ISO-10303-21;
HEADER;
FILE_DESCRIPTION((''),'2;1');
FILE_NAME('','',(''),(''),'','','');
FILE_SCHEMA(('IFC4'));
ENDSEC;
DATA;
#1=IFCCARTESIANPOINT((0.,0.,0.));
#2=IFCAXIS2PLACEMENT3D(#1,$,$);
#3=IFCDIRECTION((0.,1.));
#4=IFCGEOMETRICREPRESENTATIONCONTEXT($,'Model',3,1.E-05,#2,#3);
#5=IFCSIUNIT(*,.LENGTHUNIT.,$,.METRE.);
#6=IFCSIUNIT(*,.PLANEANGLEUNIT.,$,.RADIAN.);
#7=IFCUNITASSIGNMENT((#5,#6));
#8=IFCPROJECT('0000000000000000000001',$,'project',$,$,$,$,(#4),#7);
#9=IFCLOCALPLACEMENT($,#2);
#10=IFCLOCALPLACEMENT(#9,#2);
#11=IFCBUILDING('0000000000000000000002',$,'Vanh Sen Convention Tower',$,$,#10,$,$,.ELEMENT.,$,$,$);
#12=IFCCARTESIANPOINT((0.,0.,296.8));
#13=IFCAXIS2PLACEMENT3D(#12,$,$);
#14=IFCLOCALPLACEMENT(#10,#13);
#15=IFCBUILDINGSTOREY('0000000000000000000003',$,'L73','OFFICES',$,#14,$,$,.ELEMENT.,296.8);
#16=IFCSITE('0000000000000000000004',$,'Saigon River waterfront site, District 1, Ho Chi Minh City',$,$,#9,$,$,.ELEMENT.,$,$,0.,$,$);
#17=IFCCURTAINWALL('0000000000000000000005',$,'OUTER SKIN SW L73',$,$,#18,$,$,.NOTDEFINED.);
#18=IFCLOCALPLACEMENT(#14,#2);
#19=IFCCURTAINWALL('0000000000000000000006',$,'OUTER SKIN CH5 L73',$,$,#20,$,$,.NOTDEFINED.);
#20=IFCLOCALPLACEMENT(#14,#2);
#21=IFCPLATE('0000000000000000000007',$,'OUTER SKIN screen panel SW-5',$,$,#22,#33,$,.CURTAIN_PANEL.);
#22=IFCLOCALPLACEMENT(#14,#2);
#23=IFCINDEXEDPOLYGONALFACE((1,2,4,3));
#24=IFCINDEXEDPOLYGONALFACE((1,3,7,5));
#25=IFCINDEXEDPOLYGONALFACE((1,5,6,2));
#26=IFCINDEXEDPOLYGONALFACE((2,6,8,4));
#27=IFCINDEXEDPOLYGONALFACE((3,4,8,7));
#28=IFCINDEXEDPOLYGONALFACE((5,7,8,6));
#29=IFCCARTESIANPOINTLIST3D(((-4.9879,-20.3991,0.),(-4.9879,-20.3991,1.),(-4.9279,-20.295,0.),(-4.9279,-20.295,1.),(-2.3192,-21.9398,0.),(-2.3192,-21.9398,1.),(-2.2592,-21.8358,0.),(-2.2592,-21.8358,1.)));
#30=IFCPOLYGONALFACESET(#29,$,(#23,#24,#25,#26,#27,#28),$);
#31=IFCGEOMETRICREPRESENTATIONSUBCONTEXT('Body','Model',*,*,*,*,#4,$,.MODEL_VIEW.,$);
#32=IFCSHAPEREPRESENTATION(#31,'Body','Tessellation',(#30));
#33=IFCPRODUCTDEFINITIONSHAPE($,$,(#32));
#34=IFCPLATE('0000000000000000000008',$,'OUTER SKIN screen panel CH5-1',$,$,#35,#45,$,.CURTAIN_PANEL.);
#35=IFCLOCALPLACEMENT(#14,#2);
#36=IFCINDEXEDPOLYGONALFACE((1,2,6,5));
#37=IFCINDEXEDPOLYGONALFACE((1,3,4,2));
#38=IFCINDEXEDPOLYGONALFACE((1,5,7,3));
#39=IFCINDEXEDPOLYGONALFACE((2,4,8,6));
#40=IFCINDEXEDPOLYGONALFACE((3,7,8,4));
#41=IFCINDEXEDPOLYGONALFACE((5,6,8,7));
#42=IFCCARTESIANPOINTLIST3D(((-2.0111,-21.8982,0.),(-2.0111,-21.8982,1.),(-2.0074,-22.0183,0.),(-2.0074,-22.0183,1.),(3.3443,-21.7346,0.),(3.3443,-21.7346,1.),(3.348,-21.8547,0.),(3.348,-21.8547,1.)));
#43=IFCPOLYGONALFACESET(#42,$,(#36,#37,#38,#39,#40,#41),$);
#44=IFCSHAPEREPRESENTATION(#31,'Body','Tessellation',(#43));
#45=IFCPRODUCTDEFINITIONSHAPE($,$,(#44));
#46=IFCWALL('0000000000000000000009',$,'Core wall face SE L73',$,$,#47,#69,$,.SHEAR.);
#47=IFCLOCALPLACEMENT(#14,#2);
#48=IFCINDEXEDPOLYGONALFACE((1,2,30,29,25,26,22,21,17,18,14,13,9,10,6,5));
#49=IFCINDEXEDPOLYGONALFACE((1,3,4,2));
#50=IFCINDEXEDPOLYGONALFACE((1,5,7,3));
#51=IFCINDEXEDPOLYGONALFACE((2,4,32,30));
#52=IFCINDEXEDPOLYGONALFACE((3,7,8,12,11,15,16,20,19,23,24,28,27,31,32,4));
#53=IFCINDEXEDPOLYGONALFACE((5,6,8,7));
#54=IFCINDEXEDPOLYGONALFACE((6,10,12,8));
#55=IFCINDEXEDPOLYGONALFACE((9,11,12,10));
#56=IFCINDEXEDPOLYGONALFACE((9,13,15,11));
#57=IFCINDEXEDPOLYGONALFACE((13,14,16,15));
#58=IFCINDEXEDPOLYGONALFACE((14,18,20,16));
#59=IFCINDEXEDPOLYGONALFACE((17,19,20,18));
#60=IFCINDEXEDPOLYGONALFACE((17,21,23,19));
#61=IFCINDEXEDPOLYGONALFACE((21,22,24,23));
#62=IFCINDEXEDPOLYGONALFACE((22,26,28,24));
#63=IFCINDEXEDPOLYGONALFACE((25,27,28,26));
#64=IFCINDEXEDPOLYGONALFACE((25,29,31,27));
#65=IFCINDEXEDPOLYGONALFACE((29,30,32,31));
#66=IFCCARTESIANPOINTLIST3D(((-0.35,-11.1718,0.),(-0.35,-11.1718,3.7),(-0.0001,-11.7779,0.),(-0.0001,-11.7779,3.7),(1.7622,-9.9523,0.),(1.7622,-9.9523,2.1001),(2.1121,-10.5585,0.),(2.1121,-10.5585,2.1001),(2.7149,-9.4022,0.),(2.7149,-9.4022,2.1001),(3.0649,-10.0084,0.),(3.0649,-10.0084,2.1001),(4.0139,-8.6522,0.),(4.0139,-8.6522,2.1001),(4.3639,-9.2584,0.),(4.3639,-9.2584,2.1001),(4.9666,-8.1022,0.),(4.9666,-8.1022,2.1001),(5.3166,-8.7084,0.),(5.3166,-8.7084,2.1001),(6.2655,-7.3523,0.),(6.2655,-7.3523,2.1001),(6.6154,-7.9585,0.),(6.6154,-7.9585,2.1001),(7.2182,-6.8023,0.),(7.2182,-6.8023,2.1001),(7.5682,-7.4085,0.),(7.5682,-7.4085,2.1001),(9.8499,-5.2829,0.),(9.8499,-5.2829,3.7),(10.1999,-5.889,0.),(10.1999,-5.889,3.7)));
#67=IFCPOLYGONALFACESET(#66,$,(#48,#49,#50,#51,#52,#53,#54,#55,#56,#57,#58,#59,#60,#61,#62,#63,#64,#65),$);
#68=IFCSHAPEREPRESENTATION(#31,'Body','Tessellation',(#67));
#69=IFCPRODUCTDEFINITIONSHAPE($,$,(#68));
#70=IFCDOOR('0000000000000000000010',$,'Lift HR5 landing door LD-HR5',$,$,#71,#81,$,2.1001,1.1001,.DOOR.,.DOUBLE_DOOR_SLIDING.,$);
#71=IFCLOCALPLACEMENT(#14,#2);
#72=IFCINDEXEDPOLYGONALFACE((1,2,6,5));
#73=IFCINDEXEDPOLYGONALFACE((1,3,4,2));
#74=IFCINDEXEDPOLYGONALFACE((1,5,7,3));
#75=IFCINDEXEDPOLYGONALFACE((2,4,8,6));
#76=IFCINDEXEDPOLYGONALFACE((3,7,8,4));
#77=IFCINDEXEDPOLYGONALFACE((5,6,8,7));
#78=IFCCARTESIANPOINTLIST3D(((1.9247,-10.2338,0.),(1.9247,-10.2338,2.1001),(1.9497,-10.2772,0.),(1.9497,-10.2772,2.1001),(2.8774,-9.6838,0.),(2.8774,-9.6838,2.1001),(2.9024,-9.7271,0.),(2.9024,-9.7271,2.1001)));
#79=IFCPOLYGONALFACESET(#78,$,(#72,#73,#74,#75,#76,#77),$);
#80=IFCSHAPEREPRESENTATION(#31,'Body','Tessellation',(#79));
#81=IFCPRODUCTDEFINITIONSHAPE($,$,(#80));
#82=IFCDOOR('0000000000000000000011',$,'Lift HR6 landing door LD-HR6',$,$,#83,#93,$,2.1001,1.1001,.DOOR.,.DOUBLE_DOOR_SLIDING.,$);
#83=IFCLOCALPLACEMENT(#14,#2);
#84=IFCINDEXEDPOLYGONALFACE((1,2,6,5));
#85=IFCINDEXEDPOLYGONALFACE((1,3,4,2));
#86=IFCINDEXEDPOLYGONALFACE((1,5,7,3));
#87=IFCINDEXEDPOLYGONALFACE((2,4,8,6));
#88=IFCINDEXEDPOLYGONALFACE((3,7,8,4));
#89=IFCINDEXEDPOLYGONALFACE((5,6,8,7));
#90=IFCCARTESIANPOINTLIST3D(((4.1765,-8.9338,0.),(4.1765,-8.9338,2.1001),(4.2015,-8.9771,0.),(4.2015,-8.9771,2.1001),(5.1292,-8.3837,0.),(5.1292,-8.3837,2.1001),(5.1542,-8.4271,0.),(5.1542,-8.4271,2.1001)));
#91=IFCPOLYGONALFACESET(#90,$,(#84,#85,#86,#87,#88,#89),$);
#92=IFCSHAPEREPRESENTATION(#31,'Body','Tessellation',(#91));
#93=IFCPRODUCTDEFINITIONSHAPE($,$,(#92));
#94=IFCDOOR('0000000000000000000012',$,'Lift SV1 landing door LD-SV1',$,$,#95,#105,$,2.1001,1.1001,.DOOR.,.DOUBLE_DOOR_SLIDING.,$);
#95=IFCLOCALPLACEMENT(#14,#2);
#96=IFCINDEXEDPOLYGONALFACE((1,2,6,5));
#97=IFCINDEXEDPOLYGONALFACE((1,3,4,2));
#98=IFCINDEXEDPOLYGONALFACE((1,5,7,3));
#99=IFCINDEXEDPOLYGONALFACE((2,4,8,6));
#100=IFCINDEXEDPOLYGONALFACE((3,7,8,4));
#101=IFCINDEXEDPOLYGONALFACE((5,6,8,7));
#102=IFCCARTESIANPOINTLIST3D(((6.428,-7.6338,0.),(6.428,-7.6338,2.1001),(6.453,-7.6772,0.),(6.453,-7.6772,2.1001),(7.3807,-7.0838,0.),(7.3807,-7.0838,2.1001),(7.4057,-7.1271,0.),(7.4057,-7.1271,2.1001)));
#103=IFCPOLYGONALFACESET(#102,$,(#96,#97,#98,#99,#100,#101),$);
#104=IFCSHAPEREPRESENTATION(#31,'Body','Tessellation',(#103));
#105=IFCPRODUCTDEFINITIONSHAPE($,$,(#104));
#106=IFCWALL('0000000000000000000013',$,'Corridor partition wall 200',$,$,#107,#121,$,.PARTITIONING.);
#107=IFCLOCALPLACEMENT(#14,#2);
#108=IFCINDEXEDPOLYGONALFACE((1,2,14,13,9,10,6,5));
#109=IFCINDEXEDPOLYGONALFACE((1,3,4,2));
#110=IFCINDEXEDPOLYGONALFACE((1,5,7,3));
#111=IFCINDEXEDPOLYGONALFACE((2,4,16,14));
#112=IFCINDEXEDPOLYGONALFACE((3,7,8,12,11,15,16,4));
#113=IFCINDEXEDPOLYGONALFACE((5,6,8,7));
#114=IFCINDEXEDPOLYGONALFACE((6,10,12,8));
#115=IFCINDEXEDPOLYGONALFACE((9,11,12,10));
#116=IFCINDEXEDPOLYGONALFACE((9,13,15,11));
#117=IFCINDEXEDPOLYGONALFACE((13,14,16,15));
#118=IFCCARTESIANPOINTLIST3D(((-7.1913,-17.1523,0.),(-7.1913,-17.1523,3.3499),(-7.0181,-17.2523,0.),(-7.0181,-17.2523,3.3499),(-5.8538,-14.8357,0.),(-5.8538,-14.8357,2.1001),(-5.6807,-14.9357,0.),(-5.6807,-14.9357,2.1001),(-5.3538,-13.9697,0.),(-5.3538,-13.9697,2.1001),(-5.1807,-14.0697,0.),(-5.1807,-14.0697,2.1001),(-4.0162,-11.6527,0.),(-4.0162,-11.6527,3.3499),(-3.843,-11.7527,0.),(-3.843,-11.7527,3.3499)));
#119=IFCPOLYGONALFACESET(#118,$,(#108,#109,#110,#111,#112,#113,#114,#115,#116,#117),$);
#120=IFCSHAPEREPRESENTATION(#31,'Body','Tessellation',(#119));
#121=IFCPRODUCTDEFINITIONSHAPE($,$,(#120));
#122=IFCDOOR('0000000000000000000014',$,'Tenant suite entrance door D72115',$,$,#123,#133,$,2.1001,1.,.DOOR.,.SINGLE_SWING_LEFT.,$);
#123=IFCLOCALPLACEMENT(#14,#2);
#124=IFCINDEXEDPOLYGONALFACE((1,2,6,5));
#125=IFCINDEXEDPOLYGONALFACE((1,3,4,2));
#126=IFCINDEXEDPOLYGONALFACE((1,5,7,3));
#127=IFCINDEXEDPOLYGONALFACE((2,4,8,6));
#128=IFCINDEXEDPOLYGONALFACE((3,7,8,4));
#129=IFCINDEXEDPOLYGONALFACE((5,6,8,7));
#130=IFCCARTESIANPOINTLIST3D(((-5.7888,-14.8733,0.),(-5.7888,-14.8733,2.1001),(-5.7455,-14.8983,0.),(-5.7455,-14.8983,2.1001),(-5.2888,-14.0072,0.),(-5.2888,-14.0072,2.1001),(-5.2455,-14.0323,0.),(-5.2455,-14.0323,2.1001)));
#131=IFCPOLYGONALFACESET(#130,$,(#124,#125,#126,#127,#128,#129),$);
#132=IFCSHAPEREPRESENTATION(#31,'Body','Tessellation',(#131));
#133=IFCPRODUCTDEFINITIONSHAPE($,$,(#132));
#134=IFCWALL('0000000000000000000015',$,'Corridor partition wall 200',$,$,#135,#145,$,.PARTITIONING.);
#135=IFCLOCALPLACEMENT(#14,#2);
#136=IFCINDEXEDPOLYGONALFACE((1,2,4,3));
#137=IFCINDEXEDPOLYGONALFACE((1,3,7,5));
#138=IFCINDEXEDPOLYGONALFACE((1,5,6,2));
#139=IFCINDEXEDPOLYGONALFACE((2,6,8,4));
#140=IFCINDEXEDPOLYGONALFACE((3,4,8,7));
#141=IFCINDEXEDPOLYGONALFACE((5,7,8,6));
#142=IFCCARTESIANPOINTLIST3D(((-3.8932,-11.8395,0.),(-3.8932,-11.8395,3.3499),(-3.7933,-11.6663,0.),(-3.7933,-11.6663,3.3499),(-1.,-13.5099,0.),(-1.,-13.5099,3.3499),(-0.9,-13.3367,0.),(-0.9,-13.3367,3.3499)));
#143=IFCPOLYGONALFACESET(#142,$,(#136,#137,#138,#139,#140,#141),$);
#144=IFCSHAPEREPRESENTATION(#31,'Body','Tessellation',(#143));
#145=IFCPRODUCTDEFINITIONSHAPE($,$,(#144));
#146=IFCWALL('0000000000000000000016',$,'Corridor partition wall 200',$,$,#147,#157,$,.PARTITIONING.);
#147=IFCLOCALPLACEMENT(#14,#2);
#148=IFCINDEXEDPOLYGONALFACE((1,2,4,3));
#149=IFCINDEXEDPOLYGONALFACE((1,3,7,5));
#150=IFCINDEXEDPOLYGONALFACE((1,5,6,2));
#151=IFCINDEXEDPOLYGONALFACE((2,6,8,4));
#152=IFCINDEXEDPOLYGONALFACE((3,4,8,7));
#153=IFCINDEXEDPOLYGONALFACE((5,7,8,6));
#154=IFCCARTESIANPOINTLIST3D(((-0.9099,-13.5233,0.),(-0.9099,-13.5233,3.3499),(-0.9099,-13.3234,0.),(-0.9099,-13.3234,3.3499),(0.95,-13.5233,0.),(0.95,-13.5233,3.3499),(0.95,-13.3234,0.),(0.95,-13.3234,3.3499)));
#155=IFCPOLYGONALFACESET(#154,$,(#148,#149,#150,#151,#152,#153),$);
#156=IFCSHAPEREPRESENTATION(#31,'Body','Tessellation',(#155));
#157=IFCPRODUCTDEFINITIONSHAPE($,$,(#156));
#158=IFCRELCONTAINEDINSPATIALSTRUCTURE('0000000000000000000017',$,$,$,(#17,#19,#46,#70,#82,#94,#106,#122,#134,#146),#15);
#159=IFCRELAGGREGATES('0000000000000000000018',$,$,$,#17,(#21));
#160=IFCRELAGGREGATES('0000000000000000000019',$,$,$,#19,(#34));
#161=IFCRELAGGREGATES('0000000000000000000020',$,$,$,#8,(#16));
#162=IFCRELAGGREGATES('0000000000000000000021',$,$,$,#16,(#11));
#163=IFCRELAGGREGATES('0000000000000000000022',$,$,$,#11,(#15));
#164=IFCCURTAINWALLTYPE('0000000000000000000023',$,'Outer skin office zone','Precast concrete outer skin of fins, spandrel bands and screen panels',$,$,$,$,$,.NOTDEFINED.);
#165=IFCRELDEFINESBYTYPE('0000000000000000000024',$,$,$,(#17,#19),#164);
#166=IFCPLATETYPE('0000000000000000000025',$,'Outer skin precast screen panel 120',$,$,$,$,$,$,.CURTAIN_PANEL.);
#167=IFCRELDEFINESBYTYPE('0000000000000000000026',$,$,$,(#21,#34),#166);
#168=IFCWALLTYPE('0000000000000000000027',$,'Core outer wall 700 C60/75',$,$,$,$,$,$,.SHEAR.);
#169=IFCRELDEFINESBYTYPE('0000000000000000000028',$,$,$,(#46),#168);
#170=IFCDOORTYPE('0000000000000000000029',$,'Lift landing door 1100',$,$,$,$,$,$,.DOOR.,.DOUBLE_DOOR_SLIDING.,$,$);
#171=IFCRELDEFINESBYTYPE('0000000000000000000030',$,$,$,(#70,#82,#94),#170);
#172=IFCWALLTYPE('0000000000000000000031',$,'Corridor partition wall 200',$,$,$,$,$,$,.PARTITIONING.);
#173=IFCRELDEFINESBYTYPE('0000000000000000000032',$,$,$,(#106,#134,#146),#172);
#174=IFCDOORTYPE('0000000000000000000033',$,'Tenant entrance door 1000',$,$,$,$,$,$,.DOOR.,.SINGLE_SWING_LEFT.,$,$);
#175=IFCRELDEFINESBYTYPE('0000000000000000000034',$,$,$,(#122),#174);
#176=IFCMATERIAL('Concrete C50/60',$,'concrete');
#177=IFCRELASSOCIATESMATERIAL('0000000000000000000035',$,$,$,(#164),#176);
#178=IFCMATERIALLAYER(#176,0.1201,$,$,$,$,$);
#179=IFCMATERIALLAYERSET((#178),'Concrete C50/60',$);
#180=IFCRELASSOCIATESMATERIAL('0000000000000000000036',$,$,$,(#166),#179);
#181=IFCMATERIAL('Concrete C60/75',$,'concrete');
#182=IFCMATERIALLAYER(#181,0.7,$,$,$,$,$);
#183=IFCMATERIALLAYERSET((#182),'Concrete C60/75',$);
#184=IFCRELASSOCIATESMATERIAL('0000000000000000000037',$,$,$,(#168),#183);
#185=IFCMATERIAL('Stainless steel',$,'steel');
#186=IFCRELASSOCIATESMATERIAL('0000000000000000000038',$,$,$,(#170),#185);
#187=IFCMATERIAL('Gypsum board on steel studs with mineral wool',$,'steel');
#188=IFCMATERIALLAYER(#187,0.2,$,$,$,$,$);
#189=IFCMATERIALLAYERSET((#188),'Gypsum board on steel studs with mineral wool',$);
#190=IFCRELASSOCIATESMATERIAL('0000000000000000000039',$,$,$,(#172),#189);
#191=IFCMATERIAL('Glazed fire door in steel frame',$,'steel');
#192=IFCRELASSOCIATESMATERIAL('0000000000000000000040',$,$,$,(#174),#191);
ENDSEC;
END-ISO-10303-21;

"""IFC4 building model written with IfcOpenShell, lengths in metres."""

from ifc_helpers import new_model, si_unit, direction, frame, frame_2d, origin, origin_2d, place, context, subcontext, project, spatial, rectangle, extrude, material, layer, layer_set, type_object, element, fill, aggregate, save


model = new_model("IFC4")

# Units and contexts
model_context = context("Model", 3, precision=1e-05, world=origin(), true_north=direction((0.0, 1.0)))
body_context = subcontext(model_context, "Body", "Model", "MODEL_VIEW")
ifc_project = project(units=[si_unit("LENGTHUNIT", "METRE"), si_unit("PLANEANGLEUNIT", "RADIAN")], contexts=[model_context])

# Site, building, storey
site_placement = place(None, origin())
site = spatial("IfcSite", under=ifc_project, at=site_placement, Name="Saigon River waterfront site, District 1, Ho Chi Minh City", CompositionType="ELEMENT", RefElevation=0.0)
building_placement = place(site_placement, origin())
building = spatial("IfcBuilding", under=site, at=building_placement, Name="Vanh Sen Convention Tower", CompositionType="ELEMENT")
storey_placement = place(building_placement, frame((0.0, 0.0, 296.8)))
storey = spatial("IfcBuildingStorey", under=building, at=storey_placement, Name="L73", Description="OFFICES", CompositionType="ELEMENT", Elevation=296.8)

# Shared definitions
ifc_material_1 = material(Name="Concrete C60/75", Category="concrete")

# Curtain wall
ifc_material_2 = material(Name="Concrete C50/60", Category="concrete")
curtain_wall_type = type_object("IfcCurtainWallType", Name="Outer skin office zone", Description="Precast concrete outer skin of fins, spandrel bands and screen panels", PredefinedType="NOTDEFINED", material=ifc_material_2)
curtain_wall_1_placement = place(storey_placement, origin())
curtain_wall_1 = element("IfcCurtainWall", 1, at=curtain_wall_1_placement, inside=storey, type_object=curtain_wall_type, Name="OUTER SKIN SW L73", PredefinedType="NOTDEFINED")

# Curtain wall
curtain_wall_2_placement = place(storey_placement, origin())
curtain_wall_2 = element("IfcCurtainWall", 2, at=curtain_wall_2_placement, inside=storey, type_object=curtain_wall_type, Name="OUTER SKIN CH5 L73", PredefinedType="NOTDEFINED")

# Plates
ifc_layer_1 = layer(ifc_material_2, 0.1201)
ifc_layer_set_1 = layer_set([ifc_layer_1], Name="Concrete C50/60")
plate_type = type_object("IfcPlateType", Name="Outer skin precast screen panel 120", PredefinedType="CURTAIN_PANEL", material=ifc_layer_set_1)
plate_1_placement = place(storey_placement, frame((-3.6235, -21.1174, 0.0), z_axis=(0.0, 0.0, 1.0), x_axis=(0.866029, -0.499994, 0.0)))
plate_1 = element("IfcPlate", 3, at=plate_1_placement, type_object=plate_type, Name="OUTER SKIN screen panel SW-5", PredefinedType="CURTAIN_PANEL", context=body_context, shape_type="SweptSolid", body=[
    extrude(rectangle(XDim=3.0815, YDim=0.1201, at=origin_2d()), origin(), (0.0, 0.0, 1.0), 1.0),
])
aggregate(curtain_wall_1, [plate_1])
plate_2_placement = place(storey_placement, frame((0.6685, -21.8765, 0.0), z_axis=(0.0, 0.0, 1.0), x_axis=(0.999534, 0.030539, 0.0)))
plate_2 = element("IfcPlate", 4, at=plate_2_placement, type_object=plate_type, Name="OUTER SKIN screen panel CH5-1", PredefinedType="CURTAIN_PANEL", context=body_context, shape_type="SweptSolid", body=[
    extrude(rectangle(XDim=5.3579, YDim=0.1201, at=origin_2d()), origin(), (0.0, 0.0, 1.0), 1.0),
])
aggregate(curtain_wall_2, [plate_2])

# Wall, openings, doors
ifc_layer_2 = layer(ifc_material_1, 0.7)
ifc_layer_set_2 = layer_set([ifc_layer_2], Name="Concrete C60/75")
wall_type_1 = type_object("IfcWallType", Name="Core outer wall 700 C60/75", PredefinedType="SHEAR", material=ifc_layer_set_2)
wall_1_placement = place(storey_placement, frame((-0.175, -11.4749, 0.0), z_axis=(0.0, 0.0, 1.0), x_axis=(0.866026, 0.499998, 0.0)))
wall_1 = element("IfcWall", 5, at=wall_1_placement, inside=storey, type_object=wall_type_1, Name="Core wall face SE L73", PredefinedType="SHEAR", context=body_context, shape_type="SweptSolid", body=[
    extrude(rectangle(XDim=11.7778, YDim=0.7, at=frame_2d((5.8889, 0.0))), origin(), (0.0, 0.0, 1.0), 3.7),
])
opening_1_placement = place(wall_1_placement, frame((2.439, 0.0, 0.0)))
opening_1 = element("IfcOpeningElement", 6, at=opening_1_placement, cuts=wall_1, PredefinedType="OPENING", context=body_context, shape_type="SweptSolid", body=[
    extrude(rectangle(XDim=1.1001, YDim=2.1001, at=frame_2d((0.55, 1.05))), frame((0.0, 0.3599, 0.0), z_axis=(0.0, -1.0, 0.0), x_axis=(1.0, 0.0, 0.0)), (0.0, 0.0, 1.0), 0.72),
])
opening_2_placement = place(wall_1_placement, frame((5.0391, 0.0, 0.0)))
opening_2 = element("IfcOpeningElement", 7, at=opening_2_placement, cuts=wall_1, PredefinedType="OPENING", context=body_context, shape_type="SweptSolid", body=[
    extrude(rectangle(XDim=1.1001, YDim=2.1001, at=frame_2d((0.55, 1.05))), frame((0.0, 0.3599, 0.0), z_axis=(0.0, -1.0, 0.0), x_axis=(1.0, 0.0, 0.0)), (0.0, 0.0, 1.0), 0.72),
])
opening_3_placement = place(wall_1_placement, frame((7.6389, 0.0, 0.0)))
opening_3 = element("IfcOpeningElement", 8, at=opening_3_placement, cuts=wall_1, PredefinedType="OPENING", context=body_context, shape_type="SweptSolid", body=[
    extrude(rectangle(XDim=1.1001, YDim=2.1001, at=frame_2d((0.55, 1.05))), frame((0.0, 0.3599, 0.0), z_axis=(0.0, -1.0, 0.0), x_axis=(1.0, 0.0, 0.0)), (0.0, 0.0, 1.0), 0.72),
])
ifc_material_3 = material(Name="Stainless steel", Category="steel")
door_type_1 = type_object("IfcDoorType", Name="Lift landing door 1100", OperationType="DOUBLE_DOOR_SLIDING", PredefinedType="DOOR", material=ifc_material_3)
door_1_placement = place(opening_1_placement, origin())
door_1 = element("IfcDoor", 9, at=door_1_placement, inside=storey, type_object=door_type_1, Name="Lift HR5 landing door LD-HR5", OperationType="DOUBLE_DOOR_SLIDING", OverallHeight=2.1001, OverallWidth=1.1001, PredefinedType="DOOR", context=body_context, shape_type="SweptSolid", body=[
    extrude(rectangle(XDim=1.1001, YDim=2.1001, at=frame_2d((0.55, 1.05))), frame((0.0, 0.0249, 0.0), z_axis=(0.0, -1.0, 0.0), x_axis=(1.0, 0.0, 0.0)), (0.0, 0.0, 1.0), 0.05),
])
fill(opening_1, door_1)
door_2_placement = place(opening_2_placement, origin())
door_2 = element("IfcDoor", 10, at=door_2_placement, inside=storey, type_object=door_type_1, Name="Lift HR6 landing door LD-HR6", OperationType="DOUBLE_DOOR_SLIDING", OverallHeight=2.1001, OverallWidth=1.1001, PredefinedType="DOOR", context=body_context, shape_type="SweptSolid", body=[
    extrude(rectangle(XDim=1.1001, YDim=2.1001, at=frame_2d((0.55, 1.05))), frame((0.0, 0.0249, 0.0), z_axis=(0.0, -1.0, 0.0), x_axis=(1.0, 0.0, 0.0)), (0.0, 0.0, 1.0), 0.05),
])
fill(opening_2, door_2)
door_3_placement = place(opening_3_placement, origin())
door_3 = element("IfcDoor", 11, at=door_3_placement, inside=storey, type_object=door_type_1, Name="Lift SV1 landing door LD-SV1", OperationType="DOUBLE_DOOR_SLIDING", OverallHeight=2.1001, OverallWidth=1.1001, PredefinedType="DOOR", context=body_context, shape_type="SweptSolid", body=[
    extrude(rectangle(XDim=1.1001, YDim=2.1001, at=frame_2d((0.55, 1.05))), frame((0.0, 0.0249, 0.0), z_axis=(0.0, -1.0, 0.0), x_axis=(1.0, 0.0, 0.0)), (0.0, 0.0, 1.0), 0.05),
])
fill(opening_3, door_3)

# Wall, opening, door
ifc_material_4 = material(Name="Gypsum board on steel studs with mineral wool", Category="steel")
ifc_layer_3 = layer(ifc_material_4, 0.2)
ifc_layer_set_3 = layer_set([ifc_layer_3], Name="Gypsum board on steel studs with mineral wool")
wall_type_2 = type_object("IfcWallType", Name="Corridor partition wall 200", PredefinedType="PARTITIONING", material=ifc_layer_set_3)
wall_2_placement = place(storey_placement, frame((-7.1047, -17.2024, 0.0), z_axis=(0.0, 0.0, 1.0), x_axis=(0.499989, 0.866032, 0.0)))
wall_2 = element("IfcWall", 12, at=wall_2_placement, inside=storey, type_object=wall_type_2, Name="Corridor partition wall 200", PredefinedType="PARTITIONING", context=body_context, shape_type="SweptSolid", body=[
    extrude(rectangle(XDim=6.3503, YDim=0.2, at=frame_2d((3.1753, 0.0))), origin(), (0.0, 0.0, 1.0), 3.3499),
])
opening_4_placement = place(wall_2_placement, frame((2.675, 0.0, 0.0)))
opening_4 = element("IfcOpeningElement", 13, at=opening_4_placement, cuts=wall_2, PredefinedType="OPENING", context=body_context, shape_type="SweptSolid", body=[
    extrude(rectangle(XDim=1.0, YDim=2.1001, at=frame_2d((0.5, 1.05))), frame((0.0, 0.1099, 0.0), z_axis=(0.0, -1.0, 0.0), x_axis=(1.0, 0.0, 0.0)), (0.0, 0.0, 1.0), 0.22),
])
ifc_material_5 = material(Name="Glazed fire door in steel frame", Category="steel")
door_type_2 = type_object("IfcDoorType", Name="Tenant entrance door 1000", OperationType="SINGLE_SWING_LEFT", PredefinedType="DOOR", material=ifc_material_5)
door_4_placement = place(opening_4_placement, origin())
door_4 = element("IfcDoor", 14, at=door_4_placement, inside=storey, type_object=door_type_2, Name="Tenant suite entrance door D72115", OperationType="SINGLE_SWING_LEFT", OverallHeight=2.1001, OverallWidth=1.0, PredefinedType="DOOR", context=body_context, shape_type="SweptSolid", body=[
    extrude(rectangle(XDim=1.0, YDim=2.1001, at=frame_2d((0.5, 1.05))), frame((0.0, 0.0249, 0.0), z_axis=(0.0, -1.0, 0.0), x_axis=(1.0, 0.0, 0.0)), (0.0, 0.0, 1.0), 0.05),
])
fill(opening_4, door_4)

# Walls
wall_3_placement = place(storey_placement, frame((-3.8433, -11.7529, 0.0), z_axis=(0.0, 0.0, 1.0), x_axis=(0.866031, -0.49999, 0.0)))
element("IfcWall", 15, at=wall_3_placement, inside=storey, type_object=wall_type_2, Name="Corridor partition wall 200", PredefinedType="PARTITIONING", context=body_context, shape_type="SweptSolid", body=[
    extrude(rectangle(XDim=3.3408, YDim=0.2, at=frame_2d((1.6704, 0.0))), origin(), (0.0, 0.0, 1.0), 3.3499),
])
wall_4_placement = place(storey_placement, frame((-0.9099, -13.4233, 0.0), z_axis=(0.0, 0.0, 1.0), x_axis=(1.0, 0.0, 0.0)))
element("IfcWall", 16, at=wall_4_placement, inside=storey, type_object=wall_type_2, Name="Corridor partition wall 200", PredefinedType="PARTITIONING", context=body_context, shape_type="SweptSolid", body=[
    extrude(rectangle(XDim=1.8599, YDim=0.2, at=frame_2d((0.9299, 0.0))), origin(), (0.0, 0.0, 1.0), 3.3499),
])

save(model, "model.ifc")
